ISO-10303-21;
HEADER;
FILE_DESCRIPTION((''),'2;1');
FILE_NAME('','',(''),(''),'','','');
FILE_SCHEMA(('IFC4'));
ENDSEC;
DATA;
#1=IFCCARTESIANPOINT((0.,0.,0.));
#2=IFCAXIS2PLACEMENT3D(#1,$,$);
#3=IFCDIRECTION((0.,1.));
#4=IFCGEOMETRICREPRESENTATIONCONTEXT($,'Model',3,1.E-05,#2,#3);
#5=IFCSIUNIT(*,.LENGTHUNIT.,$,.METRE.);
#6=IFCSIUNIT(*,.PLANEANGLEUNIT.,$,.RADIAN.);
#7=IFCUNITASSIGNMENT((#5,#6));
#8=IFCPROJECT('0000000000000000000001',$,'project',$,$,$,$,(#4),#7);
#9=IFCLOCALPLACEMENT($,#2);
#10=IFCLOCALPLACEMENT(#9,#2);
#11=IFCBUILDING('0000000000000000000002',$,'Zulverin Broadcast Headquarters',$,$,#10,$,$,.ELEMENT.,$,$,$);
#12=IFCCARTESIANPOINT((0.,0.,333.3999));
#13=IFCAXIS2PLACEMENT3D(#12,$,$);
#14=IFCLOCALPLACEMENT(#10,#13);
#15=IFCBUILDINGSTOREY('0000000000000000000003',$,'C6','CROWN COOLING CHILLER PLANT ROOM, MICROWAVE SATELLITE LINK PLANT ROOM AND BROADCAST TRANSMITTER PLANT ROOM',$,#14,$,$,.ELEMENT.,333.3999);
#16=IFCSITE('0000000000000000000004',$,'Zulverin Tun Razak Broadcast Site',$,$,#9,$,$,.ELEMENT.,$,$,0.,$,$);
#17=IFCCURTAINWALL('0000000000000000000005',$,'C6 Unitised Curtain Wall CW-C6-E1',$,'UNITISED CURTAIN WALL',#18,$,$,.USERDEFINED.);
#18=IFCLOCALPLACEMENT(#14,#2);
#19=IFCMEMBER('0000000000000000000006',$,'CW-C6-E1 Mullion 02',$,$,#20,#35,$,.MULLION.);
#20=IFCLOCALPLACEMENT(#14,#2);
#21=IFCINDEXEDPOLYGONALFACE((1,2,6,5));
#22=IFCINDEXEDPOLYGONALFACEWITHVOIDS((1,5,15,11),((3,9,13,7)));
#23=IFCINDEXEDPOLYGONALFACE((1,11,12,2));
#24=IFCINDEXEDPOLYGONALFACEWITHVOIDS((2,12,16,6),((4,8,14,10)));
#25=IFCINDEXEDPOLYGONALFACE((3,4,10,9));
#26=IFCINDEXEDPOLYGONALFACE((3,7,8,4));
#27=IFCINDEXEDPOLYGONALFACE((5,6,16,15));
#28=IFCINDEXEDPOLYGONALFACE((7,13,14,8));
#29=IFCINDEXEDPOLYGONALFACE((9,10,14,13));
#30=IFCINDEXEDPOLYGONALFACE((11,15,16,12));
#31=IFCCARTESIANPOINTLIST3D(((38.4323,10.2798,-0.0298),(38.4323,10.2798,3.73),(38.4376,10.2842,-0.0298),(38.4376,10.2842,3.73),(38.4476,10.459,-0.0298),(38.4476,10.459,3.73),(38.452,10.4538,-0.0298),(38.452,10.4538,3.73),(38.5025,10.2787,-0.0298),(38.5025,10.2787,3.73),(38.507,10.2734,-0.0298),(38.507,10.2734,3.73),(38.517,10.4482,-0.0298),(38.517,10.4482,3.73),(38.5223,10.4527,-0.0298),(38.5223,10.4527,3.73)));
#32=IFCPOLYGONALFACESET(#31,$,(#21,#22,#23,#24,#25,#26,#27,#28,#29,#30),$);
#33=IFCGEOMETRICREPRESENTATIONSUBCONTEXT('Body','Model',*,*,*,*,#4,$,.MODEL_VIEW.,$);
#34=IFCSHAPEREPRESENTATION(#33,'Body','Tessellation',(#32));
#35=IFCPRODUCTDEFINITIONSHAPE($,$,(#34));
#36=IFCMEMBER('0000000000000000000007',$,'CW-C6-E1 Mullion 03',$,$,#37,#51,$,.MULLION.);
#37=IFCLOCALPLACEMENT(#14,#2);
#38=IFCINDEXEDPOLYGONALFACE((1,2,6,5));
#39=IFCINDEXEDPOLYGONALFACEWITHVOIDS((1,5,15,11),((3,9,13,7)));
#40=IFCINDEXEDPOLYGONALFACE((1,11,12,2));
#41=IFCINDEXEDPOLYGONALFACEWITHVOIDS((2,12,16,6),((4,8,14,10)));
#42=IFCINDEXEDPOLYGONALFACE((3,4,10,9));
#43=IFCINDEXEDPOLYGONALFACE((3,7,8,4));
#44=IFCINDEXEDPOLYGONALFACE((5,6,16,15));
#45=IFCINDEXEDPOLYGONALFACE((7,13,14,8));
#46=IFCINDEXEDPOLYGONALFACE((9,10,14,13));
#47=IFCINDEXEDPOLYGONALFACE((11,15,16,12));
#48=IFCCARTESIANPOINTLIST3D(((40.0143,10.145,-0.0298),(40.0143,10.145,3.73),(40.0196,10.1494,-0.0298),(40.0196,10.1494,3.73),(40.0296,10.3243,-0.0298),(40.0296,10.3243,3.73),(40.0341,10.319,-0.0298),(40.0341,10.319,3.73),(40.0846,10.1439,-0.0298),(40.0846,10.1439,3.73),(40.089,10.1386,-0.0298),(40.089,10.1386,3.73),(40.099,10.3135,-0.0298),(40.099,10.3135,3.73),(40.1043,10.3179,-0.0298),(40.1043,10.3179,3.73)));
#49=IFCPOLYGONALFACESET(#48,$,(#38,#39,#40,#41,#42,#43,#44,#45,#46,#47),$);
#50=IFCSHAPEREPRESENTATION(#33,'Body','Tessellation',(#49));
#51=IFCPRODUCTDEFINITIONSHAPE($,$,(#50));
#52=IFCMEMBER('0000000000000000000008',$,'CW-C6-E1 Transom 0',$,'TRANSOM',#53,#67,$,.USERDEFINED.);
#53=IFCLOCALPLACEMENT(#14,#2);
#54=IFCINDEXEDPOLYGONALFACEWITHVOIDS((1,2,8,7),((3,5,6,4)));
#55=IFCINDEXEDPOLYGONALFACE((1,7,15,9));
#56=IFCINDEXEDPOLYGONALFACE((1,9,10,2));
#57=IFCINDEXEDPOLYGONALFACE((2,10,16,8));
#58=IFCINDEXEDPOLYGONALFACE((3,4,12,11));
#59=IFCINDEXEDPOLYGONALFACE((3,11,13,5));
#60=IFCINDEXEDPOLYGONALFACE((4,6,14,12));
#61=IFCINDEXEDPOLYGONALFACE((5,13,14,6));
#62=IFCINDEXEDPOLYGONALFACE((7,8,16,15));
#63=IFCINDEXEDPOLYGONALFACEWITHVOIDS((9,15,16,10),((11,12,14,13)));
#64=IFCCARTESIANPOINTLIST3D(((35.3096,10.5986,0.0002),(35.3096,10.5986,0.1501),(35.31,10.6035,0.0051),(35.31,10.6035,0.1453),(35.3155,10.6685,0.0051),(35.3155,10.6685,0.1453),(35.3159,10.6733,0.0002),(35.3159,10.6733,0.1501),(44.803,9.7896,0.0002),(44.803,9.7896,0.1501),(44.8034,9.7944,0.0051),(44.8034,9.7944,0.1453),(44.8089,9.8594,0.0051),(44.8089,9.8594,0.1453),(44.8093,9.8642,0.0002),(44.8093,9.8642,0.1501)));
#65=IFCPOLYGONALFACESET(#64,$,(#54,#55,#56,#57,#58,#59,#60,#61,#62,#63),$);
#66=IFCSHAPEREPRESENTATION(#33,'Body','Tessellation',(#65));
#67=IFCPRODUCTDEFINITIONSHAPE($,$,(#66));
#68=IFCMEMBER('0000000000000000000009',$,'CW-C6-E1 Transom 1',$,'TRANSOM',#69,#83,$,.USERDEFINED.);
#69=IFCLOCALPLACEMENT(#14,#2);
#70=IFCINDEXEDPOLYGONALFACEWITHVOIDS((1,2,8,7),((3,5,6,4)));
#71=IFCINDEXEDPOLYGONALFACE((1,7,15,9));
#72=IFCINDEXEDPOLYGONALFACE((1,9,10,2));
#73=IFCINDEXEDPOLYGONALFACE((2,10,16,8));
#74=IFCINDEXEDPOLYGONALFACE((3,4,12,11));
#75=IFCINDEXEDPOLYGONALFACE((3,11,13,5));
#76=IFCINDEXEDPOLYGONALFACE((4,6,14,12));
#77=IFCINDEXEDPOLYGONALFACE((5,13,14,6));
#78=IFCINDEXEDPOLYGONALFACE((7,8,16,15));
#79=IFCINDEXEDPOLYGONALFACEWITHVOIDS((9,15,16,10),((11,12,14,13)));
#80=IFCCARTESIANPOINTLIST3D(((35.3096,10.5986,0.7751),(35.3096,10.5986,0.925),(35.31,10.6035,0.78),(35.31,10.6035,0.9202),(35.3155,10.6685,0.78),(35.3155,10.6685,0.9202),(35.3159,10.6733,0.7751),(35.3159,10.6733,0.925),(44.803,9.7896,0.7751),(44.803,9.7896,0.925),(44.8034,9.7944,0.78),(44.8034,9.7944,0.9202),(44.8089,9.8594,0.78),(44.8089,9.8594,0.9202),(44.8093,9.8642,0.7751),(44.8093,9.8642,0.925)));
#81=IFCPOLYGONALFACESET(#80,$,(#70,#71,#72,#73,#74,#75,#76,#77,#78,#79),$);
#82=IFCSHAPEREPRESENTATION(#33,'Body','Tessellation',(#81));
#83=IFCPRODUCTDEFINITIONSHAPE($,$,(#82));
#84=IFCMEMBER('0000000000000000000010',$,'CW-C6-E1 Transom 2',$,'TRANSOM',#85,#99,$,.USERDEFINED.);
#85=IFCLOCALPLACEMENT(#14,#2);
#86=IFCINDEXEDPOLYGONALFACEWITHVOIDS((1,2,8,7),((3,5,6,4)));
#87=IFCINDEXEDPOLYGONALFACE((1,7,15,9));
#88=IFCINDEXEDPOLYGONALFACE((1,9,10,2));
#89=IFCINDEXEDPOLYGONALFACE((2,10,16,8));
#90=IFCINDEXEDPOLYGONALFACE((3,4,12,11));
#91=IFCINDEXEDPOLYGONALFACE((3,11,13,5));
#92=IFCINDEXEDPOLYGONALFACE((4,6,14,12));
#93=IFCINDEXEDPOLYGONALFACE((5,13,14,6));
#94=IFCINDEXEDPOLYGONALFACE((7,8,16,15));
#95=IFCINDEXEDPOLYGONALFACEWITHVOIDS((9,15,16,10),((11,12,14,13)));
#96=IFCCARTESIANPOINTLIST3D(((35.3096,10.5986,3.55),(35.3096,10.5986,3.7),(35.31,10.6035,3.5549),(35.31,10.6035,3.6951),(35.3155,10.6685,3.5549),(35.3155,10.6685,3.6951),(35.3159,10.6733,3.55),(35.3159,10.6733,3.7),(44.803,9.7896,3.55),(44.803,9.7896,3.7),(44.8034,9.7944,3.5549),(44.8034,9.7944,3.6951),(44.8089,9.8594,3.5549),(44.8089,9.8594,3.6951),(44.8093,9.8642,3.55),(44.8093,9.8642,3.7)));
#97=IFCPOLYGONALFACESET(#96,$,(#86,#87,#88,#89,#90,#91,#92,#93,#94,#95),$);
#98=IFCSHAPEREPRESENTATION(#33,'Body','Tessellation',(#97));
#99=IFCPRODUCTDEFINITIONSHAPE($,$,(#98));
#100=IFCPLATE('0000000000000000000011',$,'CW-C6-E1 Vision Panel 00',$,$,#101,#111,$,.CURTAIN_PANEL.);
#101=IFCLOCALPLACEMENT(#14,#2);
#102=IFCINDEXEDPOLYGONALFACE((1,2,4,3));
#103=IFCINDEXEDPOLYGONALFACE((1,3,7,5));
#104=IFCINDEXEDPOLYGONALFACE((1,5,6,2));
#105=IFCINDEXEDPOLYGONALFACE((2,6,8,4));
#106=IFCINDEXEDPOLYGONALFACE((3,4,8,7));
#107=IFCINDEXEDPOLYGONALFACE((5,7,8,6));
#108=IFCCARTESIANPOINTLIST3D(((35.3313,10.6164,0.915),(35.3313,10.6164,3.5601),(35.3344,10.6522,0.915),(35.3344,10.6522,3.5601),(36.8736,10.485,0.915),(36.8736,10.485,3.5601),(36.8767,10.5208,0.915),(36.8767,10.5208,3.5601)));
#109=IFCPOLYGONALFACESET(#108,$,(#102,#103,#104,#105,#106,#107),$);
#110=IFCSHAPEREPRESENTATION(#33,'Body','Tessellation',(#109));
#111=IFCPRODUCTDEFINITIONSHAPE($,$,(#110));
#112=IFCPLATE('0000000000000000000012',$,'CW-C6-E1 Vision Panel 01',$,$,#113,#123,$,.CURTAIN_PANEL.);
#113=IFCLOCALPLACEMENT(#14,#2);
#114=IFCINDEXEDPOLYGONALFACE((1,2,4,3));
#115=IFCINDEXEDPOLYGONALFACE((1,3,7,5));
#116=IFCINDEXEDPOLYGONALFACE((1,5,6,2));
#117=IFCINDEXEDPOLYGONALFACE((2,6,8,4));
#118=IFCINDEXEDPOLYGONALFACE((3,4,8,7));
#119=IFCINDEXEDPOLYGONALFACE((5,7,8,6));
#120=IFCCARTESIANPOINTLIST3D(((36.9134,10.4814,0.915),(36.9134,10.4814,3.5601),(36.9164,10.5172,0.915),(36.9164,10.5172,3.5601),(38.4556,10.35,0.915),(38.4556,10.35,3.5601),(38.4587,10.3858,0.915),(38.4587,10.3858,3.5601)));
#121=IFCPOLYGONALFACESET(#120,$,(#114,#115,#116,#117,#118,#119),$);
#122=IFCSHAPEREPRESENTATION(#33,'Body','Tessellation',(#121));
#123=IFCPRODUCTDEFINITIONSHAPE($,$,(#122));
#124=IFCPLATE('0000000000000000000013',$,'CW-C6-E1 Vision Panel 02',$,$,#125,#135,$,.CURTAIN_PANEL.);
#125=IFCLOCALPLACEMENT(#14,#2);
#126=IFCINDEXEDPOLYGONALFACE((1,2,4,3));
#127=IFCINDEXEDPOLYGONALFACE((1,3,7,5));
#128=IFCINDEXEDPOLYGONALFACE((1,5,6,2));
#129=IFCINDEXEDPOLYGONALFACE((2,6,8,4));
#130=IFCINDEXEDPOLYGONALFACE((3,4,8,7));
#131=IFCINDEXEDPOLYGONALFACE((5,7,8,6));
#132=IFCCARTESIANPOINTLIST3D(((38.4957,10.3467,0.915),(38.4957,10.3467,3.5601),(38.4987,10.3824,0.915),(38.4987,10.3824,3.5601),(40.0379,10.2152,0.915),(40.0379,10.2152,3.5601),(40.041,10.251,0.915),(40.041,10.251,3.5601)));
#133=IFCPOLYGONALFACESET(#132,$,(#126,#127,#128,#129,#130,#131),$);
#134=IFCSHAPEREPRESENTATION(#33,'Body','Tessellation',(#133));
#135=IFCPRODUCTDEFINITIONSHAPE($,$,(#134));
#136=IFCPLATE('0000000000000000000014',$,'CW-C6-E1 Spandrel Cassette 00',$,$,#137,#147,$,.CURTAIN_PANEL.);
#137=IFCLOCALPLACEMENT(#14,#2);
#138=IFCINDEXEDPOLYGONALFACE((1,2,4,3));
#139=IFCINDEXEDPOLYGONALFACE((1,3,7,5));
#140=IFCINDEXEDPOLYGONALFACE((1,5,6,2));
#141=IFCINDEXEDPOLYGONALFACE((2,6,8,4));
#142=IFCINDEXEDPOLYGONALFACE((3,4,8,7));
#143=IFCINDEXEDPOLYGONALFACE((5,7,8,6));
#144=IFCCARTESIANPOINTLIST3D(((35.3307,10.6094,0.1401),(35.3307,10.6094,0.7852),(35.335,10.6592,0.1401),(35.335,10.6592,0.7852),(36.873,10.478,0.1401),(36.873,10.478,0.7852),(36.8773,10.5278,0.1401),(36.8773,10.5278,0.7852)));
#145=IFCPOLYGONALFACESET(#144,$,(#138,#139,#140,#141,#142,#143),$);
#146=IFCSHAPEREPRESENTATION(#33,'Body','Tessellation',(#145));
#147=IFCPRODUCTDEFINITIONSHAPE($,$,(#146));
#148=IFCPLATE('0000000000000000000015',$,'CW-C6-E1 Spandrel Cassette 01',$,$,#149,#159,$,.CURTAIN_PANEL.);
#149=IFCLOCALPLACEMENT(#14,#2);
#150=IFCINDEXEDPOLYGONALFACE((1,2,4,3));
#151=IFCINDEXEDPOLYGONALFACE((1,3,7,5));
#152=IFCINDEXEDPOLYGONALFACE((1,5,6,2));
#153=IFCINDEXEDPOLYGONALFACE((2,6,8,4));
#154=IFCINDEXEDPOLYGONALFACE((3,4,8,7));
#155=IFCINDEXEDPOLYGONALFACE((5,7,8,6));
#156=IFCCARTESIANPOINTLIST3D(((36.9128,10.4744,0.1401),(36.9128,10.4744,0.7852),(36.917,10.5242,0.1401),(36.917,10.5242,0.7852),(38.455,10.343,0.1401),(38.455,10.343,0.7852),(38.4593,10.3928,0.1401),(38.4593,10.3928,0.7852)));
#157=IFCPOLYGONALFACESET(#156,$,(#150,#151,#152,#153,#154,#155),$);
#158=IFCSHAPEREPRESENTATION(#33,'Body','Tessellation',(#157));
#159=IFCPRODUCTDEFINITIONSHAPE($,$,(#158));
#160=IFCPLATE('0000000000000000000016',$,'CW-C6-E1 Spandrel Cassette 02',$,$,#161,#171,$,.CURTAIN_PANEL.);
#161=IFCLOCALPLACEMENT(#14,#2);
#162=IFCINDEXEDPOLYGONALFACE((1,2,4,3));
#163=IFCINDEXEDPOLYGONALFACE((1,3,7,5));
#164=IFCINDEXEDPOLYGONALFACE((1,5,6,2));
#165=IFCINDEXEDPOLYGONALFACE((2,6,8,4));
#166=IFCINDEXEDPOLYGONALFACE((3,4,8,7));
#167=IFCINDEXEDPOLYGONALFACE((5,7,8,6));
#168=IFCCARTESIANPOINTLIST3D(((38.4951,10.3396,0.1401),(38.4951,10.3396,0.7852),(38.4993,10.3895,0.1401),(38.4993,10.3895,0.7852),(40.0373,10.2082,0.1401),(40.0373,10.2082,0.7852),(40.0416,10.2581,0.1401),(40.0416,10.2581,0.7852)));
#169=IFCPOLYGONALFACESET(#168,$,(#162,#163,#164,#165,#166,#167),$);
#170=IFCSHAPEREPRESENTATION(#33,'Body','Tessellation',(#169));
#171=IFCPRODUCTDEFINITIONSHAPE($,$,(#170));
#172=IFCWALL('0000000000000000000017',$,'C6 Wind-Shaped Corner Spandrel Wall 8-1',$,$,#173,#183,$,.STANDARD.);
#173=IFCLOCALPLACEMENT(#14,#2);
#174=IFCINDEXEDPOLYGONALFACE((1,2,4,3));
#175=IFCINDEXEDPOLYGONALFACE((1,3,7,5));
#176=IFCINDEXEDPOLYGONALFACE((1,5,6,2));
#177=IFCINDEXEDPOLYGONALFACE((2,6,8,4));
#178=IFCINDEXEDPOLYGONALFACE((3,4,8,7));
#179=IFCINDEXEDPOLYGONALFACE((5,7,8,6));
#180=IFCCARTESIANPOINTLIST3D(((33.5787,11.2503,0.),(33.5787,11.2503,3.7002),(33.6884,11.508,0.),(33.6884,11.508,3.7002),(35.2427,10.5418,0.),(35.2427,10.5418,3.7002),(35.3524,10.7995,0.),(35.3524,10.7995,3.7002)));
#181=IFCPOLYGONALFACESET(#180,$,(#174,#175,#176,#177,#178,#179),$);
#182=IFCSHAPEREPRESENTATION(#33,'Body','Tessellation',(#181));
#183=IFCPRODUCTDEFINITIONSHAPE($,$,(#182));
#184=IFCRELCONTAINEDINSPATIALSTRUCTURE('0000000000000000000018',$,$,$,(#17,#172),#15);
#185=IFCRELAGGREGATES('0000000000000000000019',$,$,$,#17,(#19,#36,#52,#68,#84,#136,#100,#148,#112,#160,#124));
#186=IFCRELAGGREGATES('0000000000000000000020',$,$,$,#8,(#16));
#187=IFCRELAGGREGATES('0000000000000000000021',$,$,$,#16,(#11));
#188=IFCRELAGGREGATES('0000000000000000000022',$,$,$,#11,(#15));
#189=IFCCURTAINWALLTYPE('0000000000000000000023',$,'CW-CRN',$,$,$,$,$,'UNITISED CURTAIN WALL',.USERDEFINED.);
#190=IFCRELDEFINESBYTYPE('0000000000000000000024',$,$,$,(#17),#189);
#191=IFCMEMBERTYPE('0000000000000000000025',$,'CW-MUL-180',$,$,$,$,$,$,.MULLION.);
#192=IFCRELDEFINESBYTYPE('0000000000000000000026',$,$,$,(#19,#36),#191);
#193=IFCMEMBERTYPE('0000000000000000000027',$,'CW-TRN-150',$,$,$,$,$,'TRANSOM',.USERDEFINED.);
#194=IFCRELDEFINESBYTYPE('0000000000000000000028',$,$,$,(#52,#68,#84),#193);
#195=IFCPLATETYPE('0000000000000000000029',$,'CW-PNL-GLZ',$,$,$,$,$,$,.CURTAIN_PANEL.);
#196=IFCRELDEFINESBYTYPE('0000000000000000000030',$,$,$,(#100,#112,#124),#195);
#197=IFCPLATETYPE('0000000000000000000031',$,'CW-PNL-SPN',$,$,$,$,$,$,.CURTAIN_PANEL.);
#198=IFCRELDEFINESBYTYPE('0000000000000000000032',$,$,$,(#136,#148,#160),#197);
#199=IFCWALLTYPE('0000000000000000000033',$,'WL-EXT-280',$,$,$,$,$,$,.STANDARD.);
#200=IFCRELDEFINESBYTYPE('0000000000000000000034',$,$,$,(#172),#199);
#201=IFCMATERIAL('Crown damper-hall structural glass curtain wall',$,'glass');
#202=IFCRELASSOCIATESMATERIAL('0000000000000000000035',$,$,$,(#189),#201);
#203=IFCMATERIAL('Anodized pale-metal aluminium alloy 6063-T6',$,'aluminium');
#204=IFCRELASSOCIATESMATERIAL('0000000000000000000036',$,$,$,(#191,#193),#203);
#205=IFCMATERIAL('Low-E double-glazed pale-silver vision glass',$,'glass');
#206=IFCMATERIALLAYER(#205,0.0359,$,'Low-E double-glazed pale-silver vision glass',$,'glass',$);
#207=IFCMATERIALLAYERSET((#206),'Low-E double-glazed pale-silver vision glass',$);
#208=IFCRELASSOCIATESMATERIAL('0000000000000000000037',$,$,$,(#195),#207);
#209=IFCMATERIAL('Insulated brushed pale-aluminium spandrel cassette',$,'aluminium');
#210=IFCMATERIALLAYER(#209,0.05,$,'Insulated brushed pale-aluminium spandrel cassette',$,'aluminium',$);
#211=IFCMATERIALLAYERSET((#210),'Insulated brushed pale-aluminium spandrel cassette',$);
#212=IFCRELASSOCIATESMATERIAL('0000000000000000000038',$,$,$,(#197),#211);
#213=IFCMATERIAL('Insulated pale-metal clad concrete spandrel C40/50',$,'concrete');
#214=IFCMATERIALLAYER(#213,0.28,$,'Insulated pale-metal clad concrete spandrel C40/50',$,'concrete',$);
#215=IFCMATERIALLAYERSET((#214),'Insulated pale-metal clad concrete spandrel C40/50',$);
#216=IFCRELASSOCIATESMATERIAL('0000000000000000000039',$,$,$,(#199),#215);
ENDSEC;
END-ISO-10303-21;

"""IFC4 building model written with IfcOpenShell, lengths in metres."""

from ifc_helpers import new_model, si_unit, direction, frame, frame_2d, origin, origin_2d, place, context, subcontext, project, spatial, rectangle, hollow_rectangle, extrude, material, layer, layer_set, material_profile, profile_set, type_object, element, aggregate, save


model = new_model("IFC4")

# Units and contexts
model_context = context("Model", 3, precision=1e-05, world=origin(), true_north=direction((0.0, 1.0)))
body_context = subcontext(model_context, "Body", "Model", "MODEL_VIEW")
ifc_project = project(units=[si_unit("LENGTHUNIT", "METRE"), si_unit("PLANEANGLEUNIT", "RADIAN")], contexts=[model_context])

# Site, building, storey
site_placement = place(None, origin())
site = spatial("IfcSite", under=ifc_project, at=site_placement, Name="Zulverin Tun Razak Broadcast Site", CompositionType="ELEMENT", RefElevation=0.0)
building_placement = place(site_placement, origin())
building = spatial("IfcBuilding", under=site, at=building_placement, Name="Zulverin Broadcast Headquarters", CompositionType="ELEMENT")
storey_placement = place(building_placement, frame((0.0, 0.0, 333.3999)))
storey = spatial("IfcBuildingStorey", under=building, at=storey_placement, Name="C6", Description="CROWN COOLING CHILLER PLANT ROOM, MICROWAVE SATELLITE LINK PLANT ROOM AND BROADCAST TRANSMITTER PLANT ROOM", CompositionType="ELEMENT", Elevation=333.3999)

# Curtain wall, members, plates
ifc_material_1 = material(Name="Crown damper-hall structural glass curtain wall", Category="glass")
curtain_wall_type = type_object("IfcCurtainWallType", Name="CW-CRN", ElementType="UNITISED CURTAIN WALL", PredefinedType="USERDEFINED", material=ifc_material_1)
curtain_wall_placement = place(storey_placement, origin())
curtain_wall = element("IfcCurtainWall", 1, at=curtain_wall_placement, inside=storey, type_object=curtain_wall_type, Name="C6 Unitised Curtain Wall CW-C6-E1", ObjectType="UNITISED CURTAIN WALL", PredefinedType="USERDEFINED")
ifc_material_2 = material(Name="Anodized pale-metal aluminium alloy 6063-T6", Category="aluminium")
ifc_material_profile_1 = material_profile(ifc_material_2, hollow_rectangle(XDim=0.075, YDim=0.1799, WallThickness=0.0049, at=origin_2d()), Name="Anodized pale-metal aluminium alloy 6063-T6", Category="aluminium")
ifc_profile_set_1 = profile_set([ifc_material_profile_1], Name="Anodized pale-metal aluminium alloy 6063-T6")
member_type_1 = type_object("IfcMemberType", Name="CW-MUL-180", PredefinedType="MULLION", material=ifc_profile_set_1)
member_1_placement = place(storey_placement, frame((38.4773, 10.3662, -0.0298), z_axis=(0.0, 0.0, 1.0), x_axis=(0.996389, -0.0849, 0.0)))
member_1 = element("IfcMember", 2, at=member_1_placement, type_object=member_type_1, Name="CW-C6-E1 Mullion 02", PredefinedType="MULLION", context=body_context, shape_type="SweptSolid", body=[
    extrude(hollow_rectangle(XDim=0.075, YDim=0.1799, WallThickness=0.0049, at=origin_2d()), origin(), (0.0, 0.0, 1.0), 3.7598),
])
member_2_placement = place(storey_placement, frame((40.0593, 10.2314, -0.0298), z_axis=(0.0, 0.0, 1.0), x_axis=(0.996389, -0.0849, 0.0)))
member_2 = element("IfcMember", 3, at=member_2_placement, type_object=member_type_1, Name="CW-C6-E1 Mullion 03", PredefinedType="MULLION", context=body_context, shape_type="SweptSolid", body=[
    extrude(hollow_rectangle(XDim=0.075, YDim=0.1799, WallThickness=0.0049, at=origin_2d()), origin(), (0.0, 0.0, 1.0), 3.7598),
])
ifc_material_profile_2 = material_profile(ifc_material_2, hollow_rectangle(XDim=0.075, YDim=0.1499, WallThickness=0.0049, at=origin_2d()), Name="Anodized pale-metal aluminium alloy 6063-T6", Category="aluminium")
ifc_profile_set_2 = profile_set([ifc_material_profile_2], Name="Anodized pale-metal aluminium alloy 6063-T6")
member_type_2 = type_object("IfcMemberType", Name="CW-TRN-150", ElementType="TRANSOM", PredefinedType="USERDEFINED", material=ifc_profile_set_2)
member_3_placement = place(storey_placement, frame((35.3127, 10.636, 0.0752), z_axis=(0.996388, -0.084918, 0.0), x_axis=(0.084918, 0.996388, 0.0)))
member_3 = element("IfcMember", 4, at=member_3_placement, type_object=member_type_2, Name="CW-C6-E1 Transom 0", ObjectType="TRANSOM", PredefinedType="USERDEFINED", context=body_context, shape_type="SweptSolid", body=[
    extrude(hollow_rectangle(XDim=0.075, YDim=0.1499, WallThickness=0.0049, at=origin_2d()), origin(), (0.0, 0.0, 1.0), 9.5278),
])
member_4_placement = place(storey_placement, frame((35.3127, 10.636, 0.8501), z_axis=(0.996388, -0.084918, 0.0), x_axis=(0.084918, 0.996388, 0.0)))
member_4 = element("IfcMember", 5, at=member_4_placement, type_object=member_type_2, Name="CW-C6-E1 Transom 1", ObjectType="TRANSOM", PredefinedType="USERDEFINED", context=body_context, shape_type="SweptSolid", body=[
    extrude(hollow_rectangle(XDim=0.075, YDim=0.1499, WallThickness=0.0049, at=origin_2d()), origin(), (0.0, 0.0, 1.0), 9.5278),
])
member_5_placement = place(storey_placement, frame((35.3127, 10.636, 3.625), z_axis=(0.996388, -0.084918, 0.0), x_axis=(0.084918, 0.996388, 0.0)))
member_5 = element("IfcMember", 6, at=member_5_placement, type_object=member_type_2, Name="CW-C6-E1 Transom 2", ObjectType="TRANSOM", PredefinedType="USERDEFINED", context=body_context, shape_type="SweptSolid", body=[
    extrude(hollow_rectangle(XDim=0.075, YDim=0.1499, WallThickness=0.0049, at=origin_2d()), origin(), (0.0, 0.0, 1.0), 9.5278),
])
ifc_material_3 = material(Name="Low-E double-glazed pale-silver vision glass", Category="glass")
ifc_layer_1 = layer(ifc_material_3, 0.0359, Name="Low-E double-glazed pale-silver vision glass", Category="glass")
ifc_layer_set_1 = layer_set([ifc_layer_1], Name="Low-E double-glazed pale-silver vision glass")
plate_type_1 = type_object("IfcPlateType", Name="CW-PNL-GLZ", PredefinedType="CURTAIN_PANEL", material=ifc_layer_set_1)
plate_1_placement = place(storey_placement, frame((36.104, 10.5686, 0.915), z_axis=(0.0, 0.0, 1.0), x_axis=(0.996389, -0.0849, 0.0)))
plate_1 = element("IfcPlate", 7, at=plate_1_placement, type_object=plate_type_1, Name="CW-C6-E1 Vision Panel 00", PredefinedType="CURTAIN_PANEL", context=body_context, shape_type="SweptSolid", body=[
    extrude(rectangle(XDim=1.5479, YDim=0.0359, at=origin_2d()), origin(), (0.0, 0.0, 1.0), 2.645),
])
plate_2_placement = place(storey_placement, frame((37.686, 10.4336, 0.915), z_axis=(0.0, 0.0, 1.0), x_axis=(0.996389, -0.0849, 0.0)))
plate_2 = element("IfcPlate", 8, at=plate_2_placement, type_object=plate_type_1, Name="CW-C6-E1 Vision Panel 01", PredefinedType="CURTAIN_PANEL", context=body_context, shape_type="SweptSolid", body=[
    extrude(rectangle(XDim=1.5479, YDim=0.0359, at=origin_2d()), origin(), (0.0, 0.0, 1.0), 2.645),
])
plate_3_placement = place(storey_placement, frame((39.2683, 10.2988, 0.915), z_axis=(0.0, 0.0, 1.0), x_axis=(0.996389, -0.0849, 0.0)))
plate_3 = element("IfcPlate", 9, at=plate_3_placement, type_object=plate_type_1, Name="CW-C6-E1 Vision Panel 02", PredefinedType="CURTAIN_PANEL", context=body_context, shape_type="SweptSolid", body=[
    extrude(rectangle(XDim=1.5479, YDim=0.0359, at=origin_2d()), origin(), (0.0, 0.0, 1.0), 2.645),
])
ifc_material_4 = material(Name="Insulated brushed pale-aluminium spandrel cassette", Category="aluminium")
ifc_layer_2 = layer(ifc_material_4, 0.05, Name="Insulated brushed pale-aluminium spandrel cassette", Category="aluminium")
ifc_layer_set_2 = layer_set([ifc_layer_2], Name="Insulated brushed pale-aluminium spandrel cassette")
plate_type_2 = type_object("IfcPlateType", Name="CW-PNL-SPN", PredefinedType="CURTAIN_PANEL", material=ifc_layer_set_2)
plate_4_placement = place(storey_placement, frame((36.104, 10.5686, 0.1401), z_axis=(0.0, 0.0, 1.0), x_axis=(0.996389, -0.0849, 0.0)))
plate_4 = element("IfcPlate", 10, at=plate_4_placement, type_object=plate_type_2, Name="CW-C6-E1 Spandrel Cassette 00", PredefinedType="CURTAIN_PANEL", context=body_context, shape_type="SweptSolid", body=[
    extrude(rectangle(XDim=1.5479, YDim=0.05, at=origin_2d()), origin(), (0.0, 0.0, 1.0), 0.645),
])
plate_5_placement = place(storey_placement, frame((37.686, 10.4336, 0.1401), z_axis=(0.0, 0.0, 1.0), x_axis=(0.996389, -0.0849, 0.0)))
plate_5 = element("IfcPlate", 11, at=plate_5_placement, type_object=plate_type_2, Name="CW-C6-E1 Spandrel Cassette 01", PredefinedType="CURTAIN_PANEL", context=body_context, shape_type="SweptSolid", body=[
    extrude(rectangle(XDim=1.5479, YDim=0.05, at=origin_2d()), origin(), (0.0, 0.0, 1.0), 0.645),
])
plate_6_placement = place(storey_placement, frame((39.2683, 10.2988, 0.1401), z_axis=(0.0, 0.0, 1.0), x_axis=(0.996389, -0.0849, 0.0)))
plate_6 = element("IfcPlate", 12, at=plate_6_placement, type_object=plate_type_2, Name="CW-C6-E1 Spandrel Cassette 02", PredefinedType="CURTAIN_PANEL", context=body_context, shape_type="SweptSolid", body=[
    extrude(rectangle(XDim=1.5479, YDim=0.05, at=origin_2d()), origin(), (0.0, 0.0, 1.0), 0.645),
])
aggregate(curtain_wall, [member_1, member_2, member_3, member_4, member_5, plate_4, plate_1, plate_5, plate_2, plate_6, plate_3])

# Wall
ifc_material_5 = material(Name="Insulated pale-metal clad concrete spandrel C40/50", Category="concrete")
ifc_layer_3 = layer(ifc_material_5, 0.28, Name="Insulated pale-metal clad concrete spandrel C40/50", Category="concrete")
ifc_layer_set_3 = layer_set([ifc_layer_3], Name="Insulated pale-metal clad concrete spandrel C40/50")
wall_type_1 = type_object("IfcWallType", Name="WL-EXT-280", PredefinedType="STANDARD", material=ifc_layer_set_3)
wall_1_placement = place(storey_placement, frame((33.6335, 11.3792, 0.0), z_axis=(0.0, 0.0, 1.0), x_axis=(0.920078, -0.391735, 0.0)))
element("IfcWall", 13, at=wall_1_placement, inside=storey, type_object=wall_type_1, Name="C6 Wind-Shaped Corner Spandrel Wall 8-1", PredefinedType="STANDARD", context=body_context, shape_type="SweptSolid", body=[
    extrude(rectangle(XDim=1.8086, YDim=0.28, at=frame_2d((0.9043, 0.0))), origin(), (0.0, 0.0, 1.0), 3.7002),
])

save(model, "model.ifc")
